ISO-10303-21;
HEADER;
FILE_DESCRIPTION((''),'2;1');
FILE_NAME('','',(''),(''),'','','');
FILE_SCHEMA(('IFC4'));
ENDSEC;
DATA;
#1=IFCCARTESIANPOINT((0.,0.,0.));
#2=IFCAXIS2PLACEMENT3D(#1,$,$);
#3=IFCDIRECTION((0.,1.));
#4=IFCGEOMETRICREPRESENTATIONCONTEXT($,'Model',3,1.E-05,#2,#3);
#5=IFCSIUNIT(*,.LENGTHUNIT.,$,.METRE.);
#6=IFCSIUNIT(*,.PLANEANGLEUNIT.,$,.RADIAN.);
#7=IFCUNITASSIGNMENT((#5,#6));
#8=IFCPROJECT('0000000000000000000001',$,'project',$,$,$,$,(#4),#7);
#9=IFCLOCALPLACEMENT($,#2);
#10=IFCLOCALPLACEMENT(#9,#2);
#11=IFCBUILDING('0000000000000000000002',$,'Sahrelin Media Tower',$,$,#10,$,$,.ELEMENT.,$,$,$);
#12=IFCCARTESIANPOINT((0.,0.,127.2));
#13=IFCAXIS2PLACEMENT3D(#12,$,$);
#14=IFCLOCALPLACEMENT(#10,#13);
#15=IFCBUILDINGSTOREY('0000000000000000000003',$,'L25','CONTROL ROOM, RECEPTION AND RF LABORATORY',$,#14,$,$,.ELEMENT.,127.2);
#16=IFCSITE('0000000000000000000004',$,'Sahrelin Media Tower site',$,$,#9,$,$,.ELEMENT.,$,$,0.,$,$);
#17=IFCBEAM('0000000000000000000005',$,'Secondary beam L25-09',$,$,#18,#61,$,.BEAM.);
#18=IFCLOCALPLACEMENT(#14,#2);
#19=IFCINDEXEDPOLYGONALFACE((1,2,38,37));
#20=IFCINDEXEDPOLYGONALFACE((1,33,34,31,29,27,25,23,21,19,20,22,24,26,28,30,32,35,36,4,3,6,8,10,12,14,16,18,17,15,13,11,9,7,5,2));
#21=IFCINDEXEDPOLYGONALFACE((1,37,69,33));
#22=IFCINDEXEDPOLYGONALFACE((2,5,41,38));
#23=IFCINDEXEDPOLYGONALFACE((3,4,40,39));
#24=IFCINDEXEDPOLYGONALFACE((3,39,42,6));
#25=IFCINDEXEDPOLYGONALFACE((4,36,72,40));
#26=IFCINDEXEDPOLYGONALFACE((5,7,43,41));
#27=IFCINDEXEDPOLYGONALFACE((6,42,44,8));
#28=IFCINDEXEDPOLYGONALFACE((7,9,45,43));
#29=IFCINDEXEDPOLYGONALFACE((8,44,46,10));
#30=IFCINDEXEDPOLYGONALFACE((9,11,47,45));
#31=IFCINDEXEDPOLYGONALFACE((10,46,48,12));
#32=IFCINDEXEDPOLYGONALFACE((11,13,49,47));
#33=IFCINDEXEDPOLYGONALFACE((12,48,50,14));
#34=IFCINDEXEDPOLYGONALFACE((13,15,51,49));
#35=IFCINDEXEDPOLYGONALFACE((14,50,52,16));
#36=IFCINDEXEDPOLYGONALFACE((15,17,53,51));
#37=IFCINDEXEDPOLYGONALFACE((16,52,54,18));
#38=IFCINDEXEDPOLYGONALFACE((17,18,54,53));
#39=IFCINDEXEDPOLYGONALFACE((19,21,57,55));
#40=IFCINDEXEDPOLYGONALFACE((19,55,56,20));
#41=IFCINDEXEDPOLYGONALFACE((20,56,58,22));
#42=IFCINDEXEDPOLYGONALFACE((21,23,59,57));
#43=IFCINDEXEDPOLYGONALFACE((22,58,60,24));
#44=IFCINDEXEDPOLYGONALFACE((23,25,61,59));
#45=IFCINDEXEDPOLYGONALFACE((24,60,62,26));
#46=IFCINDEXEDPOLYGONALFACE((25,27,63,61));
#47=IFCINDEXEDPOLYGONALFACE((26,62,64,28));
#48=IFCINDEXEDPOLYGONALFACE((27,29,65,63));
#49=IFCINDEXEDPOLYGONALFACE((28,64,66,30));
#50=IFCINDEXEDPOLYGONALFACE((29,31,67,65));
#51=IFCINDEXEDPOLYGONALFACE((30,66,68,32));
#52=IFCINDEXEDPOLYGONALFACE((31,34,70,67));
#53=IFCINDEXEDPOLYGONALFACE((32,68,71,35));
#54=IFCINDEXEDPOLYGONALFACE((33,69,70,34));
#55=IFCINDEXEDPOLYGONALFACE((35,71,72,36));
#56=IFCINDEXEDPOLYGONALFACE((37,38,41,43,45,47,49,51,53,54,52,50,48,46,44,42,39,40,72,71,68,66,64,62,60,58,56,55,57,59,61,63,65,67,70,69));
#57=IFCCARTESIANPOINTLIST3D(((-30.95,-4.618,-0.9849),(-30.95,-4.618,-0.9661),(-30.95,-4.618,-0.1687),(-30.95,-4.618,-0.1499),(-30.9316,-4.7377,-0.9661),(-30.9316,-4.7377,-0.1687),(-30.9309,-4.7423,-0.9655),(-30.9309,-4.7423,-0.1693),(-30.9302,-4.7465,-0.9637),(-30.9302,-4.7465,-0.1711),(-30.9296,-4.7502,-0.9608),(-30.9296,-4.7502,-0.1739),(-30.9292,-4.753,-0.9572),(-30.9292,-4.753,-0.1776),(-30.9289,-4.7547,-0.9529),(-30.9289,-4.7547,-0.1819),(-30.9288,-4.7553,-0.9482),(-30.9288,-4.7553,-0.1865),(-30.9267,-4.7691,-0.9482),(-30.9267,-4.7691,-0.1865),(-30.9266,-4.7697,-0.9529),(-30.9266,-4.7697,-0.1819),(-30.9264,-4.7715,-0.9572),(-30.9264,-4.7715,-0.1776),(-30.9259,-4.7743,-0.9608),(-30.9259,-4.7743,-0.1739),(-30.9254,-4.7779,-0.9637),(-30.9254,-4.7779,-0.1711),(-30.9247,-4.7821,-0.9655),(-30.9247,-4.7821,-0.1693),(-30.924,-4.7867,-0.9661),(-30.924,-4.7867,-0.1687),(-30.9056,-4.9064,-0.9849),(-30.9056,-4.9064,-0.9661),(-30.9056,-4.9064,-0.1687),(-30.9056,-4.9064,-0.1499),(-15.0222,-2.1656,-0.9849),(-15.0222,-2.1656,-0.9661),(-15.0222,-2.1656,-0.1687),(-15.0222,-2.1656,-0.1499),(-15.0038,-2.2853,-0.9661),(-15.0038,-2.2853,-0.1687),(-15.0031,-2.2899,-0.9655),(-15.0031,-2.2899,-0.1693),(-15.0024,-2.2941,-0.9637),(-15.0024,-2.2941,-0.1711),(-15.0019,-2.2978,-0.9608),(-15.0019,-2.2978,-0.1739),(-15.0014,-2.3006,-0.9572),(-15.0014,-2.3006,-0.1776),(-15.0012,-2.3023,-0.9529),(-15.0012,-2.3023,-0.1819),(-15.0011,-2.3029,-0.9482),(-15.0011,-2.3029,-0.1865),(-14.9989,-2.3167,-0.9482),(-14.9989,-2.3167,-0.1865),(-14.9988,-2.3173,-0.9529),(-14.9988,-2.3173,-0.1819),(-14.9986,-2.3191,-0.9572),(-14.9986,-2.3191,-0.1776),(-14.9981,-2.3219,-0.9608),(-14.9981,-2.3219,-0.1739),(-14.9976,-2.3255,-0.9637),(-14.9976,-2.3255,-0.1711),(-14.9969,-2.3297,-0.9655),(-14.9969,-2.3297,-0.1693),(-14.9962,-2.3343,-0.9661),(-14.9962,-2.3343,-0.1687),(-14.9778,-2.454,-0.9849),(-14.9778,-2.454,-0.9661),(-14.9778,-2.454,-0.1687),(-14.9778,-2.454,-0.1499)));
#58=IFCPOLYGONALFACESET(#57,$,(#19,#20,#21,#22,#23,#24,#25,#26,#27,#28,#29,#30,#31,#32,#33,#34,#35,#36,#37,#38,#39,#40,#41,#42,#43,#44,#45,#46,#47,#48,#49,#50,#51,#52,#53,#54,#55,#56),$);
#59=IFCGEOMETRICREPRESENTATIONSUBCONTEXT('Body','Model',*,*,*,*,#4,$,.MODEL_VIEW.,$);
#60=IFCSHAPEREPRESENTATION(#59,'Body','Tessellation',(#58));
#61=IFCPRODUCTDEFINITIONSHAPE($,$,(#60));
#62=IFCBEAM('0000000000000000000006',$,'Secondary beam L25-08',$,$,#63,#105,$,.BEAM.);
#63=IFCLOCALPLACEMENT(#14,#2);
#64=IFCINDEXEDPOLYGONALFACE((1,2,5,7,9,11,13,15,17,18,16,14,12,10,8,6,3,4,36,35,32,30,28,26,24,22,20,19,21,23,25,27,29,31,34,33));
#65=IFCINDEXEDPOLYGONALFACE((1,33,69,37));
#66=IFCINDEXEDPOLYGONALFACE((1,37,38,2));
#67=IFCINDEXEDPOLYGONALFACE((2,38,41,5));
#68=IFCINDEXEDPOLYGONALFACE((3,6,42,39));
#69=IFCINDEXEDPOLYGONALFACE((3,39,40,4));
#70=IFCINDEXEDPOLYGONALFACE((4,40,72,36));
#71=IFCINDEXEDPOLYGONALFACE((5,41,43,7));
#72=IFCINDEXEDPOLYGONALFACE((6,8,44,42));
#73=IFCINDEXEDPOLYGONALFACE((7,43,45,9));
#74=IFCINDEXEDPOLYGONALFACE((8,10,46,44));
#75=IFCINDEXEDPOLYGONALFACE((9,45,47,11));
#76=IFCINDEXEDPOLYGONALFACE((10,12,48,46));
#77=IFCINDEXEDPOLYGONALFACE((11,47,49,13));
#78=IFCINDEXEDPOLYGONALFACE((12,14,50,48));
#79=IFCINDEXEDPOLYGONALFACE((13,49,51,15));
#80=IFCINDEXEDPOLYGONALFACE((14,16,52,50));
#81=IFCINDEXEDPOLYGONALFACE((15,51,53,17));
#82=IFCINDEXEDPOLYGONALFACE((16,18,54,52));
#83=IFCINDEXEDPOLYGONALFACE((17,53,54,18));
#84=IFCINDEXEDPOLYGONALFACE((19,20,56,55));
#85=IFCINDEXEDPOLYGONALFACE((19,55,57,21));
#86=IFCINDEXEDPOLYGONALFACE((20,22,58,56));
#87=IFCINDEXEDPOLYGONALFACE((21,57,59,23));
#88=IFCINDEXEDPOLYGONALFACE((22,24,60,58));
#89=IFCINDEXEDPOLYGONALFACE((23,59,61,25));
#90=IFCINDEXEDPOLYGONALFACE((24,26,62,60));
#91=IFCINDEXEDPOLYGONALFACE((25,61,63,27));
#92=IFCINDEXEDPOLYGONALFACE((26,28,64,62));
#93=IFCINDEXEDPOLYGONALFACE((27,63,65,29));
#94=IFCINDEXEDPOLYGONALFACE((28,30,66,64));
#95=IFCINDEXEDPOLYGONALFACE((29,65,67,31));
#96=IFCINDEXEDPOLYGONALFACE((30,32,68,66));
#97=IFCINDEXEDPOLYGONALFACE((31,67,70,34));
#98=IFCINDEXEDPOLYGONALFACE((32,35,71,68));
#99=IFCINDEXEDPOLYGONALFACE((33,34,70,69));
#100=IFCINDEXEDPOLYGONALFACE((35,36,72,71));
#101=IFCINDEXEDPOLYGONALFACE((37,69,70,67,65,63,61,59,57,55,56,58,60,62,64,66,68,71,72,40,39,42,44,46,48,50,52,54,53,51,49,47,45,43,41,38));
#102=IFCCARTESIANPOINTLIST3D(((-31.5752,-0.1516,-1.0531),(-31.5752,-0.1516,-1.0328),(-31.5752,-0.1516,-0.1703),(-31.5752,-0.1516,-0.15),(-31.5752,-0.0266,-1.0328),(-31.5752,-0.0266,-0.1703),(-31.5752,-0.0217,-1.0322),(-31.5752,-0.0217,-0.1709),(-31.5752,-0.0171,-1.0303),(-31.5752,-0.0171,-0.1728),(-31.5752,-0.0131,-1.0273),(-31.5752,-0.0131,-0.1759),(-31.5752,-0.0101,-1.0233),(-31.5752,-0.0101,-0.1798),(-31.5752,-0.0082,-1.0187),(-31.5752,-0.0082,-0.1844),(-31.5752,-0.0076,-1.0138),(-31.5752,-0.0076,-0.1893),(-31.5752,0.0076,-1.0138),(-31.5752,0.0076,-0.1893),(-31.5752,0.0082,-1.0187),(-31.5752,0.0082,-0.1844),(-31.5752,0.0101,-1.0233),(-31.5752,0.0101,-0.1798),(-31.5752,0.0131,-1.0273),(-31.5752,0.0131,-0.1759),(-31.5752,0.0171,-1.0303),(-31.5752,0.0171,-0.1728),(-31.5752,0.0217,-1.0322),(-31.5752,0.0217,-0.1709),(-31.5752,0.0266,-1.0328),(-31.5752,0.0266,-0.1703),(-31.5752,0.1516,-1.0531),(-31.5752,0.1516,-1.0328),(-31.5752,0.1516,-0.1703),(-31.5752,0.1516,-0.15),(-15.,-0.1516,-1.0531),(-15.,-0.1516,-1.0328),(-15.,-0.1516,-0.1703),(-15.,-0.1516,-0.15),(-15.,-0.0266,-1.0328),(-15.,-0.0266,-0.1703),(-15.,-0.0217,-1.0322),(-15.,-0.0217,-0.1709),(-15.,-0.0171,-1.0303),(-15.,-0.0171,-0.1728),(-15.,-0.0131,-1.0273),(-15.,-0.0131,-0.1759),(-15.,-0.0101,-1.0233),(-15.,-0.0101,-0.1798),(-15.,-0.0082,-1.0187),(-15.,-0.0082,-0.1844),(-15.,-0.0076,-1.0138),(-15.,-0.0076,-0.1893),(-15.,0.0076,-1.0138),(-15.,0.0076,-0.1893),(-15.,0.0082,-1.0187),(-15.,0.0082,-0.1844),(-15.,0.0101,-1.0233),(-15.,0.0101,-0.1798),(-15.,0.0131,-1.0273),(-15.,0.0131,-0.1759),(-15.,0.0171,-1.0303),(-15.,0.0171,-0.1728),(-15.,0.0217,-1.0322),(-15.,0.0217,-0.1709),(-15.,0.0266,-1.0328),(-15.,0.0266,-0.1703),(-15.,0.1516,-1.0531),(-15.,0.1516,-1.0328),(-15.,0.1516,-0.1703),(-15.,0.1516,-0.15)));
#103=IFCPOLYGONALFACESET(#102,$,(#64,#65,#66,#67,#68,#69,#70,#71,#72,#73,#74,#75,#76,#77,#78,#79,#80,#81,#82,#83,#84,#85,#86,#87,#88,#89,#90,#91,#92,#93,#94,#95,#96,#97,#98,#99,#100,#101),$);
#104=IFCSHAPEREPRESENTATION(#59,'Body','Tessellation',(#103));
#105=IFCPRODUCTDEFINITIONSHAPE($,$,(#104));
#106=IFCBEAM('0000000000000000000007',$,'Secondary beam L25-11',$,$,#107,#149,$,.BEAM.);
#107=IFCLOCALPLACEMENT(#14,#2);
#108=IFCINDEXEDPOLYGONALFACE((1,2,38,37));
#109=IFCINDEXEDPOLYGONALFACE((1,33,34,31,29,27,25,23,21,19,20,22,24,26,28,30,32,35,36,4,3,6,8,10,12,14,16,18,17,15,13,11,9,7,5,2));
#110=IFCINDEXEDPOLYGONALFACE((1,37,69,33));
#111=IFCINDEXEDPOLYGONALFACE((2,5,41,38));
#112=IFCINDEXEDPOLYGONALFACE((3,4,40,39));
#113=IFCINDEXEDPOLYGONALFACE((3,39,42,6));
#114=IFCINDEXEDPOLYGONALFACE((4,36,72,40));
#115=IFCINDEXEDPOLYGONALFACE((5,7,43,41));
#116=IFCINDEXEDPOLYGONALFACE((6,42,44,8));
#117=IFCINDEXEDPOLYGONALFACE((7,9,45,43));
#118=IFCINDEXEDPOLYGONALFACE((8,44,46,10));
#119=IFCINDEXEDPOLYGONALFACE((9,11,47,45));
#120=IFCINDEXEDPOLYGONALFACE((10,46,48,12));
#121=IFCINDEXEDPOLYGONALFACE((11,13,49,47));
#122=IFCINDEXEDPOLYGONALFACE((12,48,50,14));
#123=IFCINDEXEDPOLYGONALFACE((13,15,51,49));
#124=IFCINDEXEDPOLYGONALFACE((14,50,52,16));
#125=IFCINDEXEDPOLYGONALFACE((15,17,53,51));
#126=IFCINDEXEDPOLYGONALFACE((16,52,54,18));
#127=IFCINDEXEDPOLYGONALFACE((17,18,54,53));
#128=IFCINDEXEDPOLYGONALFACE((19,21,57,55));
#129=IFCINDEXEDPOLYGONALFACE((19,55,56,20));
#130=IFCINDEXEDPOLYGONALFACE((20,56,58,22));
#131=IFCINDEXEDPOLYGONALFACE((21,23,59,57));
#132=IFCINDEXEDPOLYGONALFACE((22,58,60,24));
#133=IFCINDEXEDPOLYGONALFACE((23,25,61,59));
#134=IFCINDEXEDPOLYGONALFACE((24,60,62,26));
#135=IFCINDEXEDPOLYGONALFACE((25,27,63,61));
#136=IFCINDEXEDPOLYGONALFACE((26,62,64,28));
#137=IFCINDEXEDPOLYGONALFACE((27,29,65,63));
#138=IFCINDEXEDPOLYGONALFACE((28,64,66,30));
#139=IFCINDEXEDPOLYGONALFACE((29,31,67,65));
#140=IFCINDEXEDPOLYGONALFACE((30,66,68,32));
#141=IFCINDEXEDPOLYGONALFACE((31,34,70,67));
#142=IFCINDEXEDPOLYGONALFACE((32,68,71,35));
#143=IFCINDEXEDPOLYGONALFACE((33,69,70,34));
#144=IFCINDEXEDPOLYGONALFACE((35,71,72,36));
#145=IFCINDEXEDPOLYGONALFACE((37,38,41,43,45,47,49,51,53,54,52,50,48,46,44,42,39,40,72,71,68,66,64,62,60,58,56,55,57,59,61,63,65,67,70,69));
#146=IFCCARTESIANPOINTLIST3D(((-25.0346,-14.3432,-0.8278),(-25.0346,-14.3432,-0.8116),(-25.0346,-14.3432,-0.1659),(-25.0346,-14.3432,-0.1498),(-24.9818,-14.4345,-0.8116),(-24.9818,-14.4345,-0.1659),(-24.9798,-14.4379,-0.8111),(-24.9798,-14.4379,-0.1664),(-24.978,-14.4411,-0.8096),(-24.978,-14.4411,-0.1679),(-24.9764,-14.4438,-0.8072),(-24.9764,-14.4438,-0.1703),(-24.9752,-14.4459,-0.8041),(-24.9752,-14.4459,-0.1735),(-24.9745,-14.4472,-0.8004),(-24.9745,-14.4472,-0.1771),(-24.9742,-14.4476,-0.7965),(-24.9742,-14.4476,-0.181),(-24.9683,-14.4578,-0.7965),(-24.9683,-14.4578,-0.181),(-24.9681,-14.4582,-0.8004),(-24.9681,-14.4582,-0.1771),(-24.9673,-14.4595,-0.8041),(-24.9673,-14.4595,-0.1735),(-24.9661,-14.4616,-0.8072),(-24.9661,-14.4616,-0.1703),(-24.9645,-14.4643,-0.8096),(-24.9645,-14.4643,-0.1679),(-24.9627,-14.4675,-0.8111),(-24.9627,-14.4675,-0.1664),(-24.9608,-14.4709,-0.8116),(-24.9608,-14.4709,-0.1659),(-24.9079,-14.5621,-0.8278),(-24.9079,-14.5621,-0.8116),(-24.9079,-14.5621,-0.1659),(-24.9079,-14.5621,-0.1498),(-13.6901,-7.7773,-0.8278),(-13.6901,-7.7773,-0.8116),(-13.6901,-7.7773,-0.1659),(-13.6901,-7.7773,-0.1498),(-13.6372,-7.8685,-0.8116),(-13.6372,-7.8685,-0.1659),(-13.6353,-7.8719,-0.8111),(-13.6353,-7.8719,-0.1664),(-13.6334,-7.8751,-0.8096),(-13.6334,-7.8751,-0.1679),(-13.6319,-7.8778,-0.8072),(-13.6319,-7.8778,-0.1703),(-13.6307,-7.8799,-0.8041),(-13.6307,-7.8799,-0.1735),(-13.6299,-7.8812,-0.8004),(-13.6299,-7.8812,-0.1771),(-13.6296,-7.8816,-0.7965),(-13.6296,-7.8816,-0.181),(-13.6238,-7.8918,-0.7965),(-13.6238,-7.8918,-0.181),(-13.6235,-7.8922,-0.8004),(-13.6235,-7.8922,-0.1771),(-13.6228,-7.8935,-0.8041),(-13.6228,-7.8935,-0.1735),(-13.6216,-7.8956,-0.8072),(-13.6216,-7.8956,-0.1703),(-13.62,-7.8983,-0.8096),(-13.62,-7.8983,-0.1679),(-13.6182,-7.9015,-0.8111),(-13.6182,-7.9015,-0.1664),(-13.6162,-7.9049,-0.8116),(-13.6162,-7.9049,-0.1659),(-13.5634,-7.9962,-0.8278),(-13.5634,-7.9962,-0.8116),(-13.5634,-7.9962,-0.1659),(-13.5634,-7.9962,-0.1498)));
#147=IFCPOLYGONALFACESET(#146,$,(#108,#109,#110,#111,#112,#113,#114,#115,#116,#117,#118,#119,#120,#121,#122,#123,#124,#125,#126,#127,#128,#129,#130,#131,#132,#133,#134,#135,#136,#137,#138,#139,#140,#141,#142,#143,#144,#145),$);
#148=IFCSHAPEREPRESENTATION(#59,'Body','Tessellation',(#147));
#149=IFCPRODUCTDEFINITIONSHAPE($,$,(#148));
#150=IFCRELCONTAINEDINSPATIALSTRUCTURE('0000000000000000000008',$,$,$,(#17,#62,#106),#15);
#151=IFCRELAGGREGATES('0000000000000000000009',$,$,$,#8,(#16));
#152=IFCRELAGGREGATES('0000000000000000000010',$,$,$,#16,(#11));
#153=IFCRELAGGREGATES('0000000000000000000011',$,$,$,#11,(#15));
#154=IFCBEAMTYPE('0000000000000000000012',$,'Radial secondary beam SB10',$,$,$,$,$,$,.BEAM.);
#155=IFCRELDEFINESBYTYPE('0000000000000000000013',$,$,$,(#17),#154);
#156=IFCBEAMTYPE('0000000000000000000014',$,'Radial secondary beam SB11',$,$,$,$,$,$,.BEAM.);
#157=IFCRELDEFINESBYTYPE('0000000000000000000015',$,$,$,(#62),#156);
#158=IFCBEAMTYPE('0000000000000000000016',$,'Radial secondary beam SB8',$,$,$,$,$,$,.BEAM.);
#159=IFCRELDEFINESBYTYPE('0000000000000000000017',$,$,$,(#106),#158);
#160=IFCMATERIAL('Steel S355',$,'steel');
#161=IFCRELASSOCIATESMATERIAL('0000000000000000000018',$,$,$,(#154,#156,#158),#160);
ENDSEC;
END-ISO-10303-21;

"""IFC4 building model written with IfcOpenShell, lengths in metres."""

from ifc_helpers import new_model, si_unit, direction, frame, origin, origin_2d, place, context, subcontext, project, spatial, i_section, extrude, material, material_profile, profile_set, type_object, element, save


model = new_model("IFC4")

# Units and contexts
model_context = context("Model", 3, precision=1e-05, world=origin(), true_north=direction((0.0, 1.0)))
body_context = subcontext(model_context, "Body", "Model", "MODEL_VIEW")
ifc_project = project(units=[si_unit("LENGTHUNIT", "METRE"), si_unit("PLANEANGLEUNIT", "RADIAN")], contexts=[model_context])

# Site, building, storey
site_placement = place(None, origin())
site = spatial("IfcSite", under=ifc_project, at=site_placement, Name="Sahrelin Media Tower site", CompositionType="ELEMENT", RefElevation=0.0)
building_placement = place(site_placement, origin())
building = spatial("IfcBuilding", under=site, at=building_placement, Name="Sahrelin Media Tower", CompositionType="ELEMENT")
storey_placement = place(building_placement, frame((0.0, 0.0, 127.2)))
storey = spatial("IfcBuildingStorey", under=building, at=storey_placement, Name="L25", Description="CONTROL ROOM, RECEPTION AND RF LABORATORY", CompositionType="ELEMENT", Elevation=127.2)

# Beams
ifc_material_1 = material(Name="Steel S355", Category="steel")
ifc_material_profile_1 = material_profile(ifc_material_1, i_section(OverallWidth=0.2917, OverallDepth=0.835, WebThickness=0.0139, FlangeThickness=0.0188, FilletRadius=0.0178, at=origin_2d()), Name="UB 838x292x176")
ifc_profile_set_1 = profile_set([ifc_material_profile_1], Name="Steel S355")
beam_type_1 = type_object("IfcBeamType", Name="Radial secondary beam SB10", PredefinedType="BEAM", material=ifc_profile_set_1)
beam_1_placement = place(storey_placement, frame((-15.0, -2.3098, -0.5674), z_axis=(-0.988353, -0.152177, 0.0), x_axis=(0.152177, -0.988353, 0.0)))
element("IfcBeam", 1, at=beam_1_placement, inside=storey, type_object=beam_type_1, Name="Secondary beam L25-09", PredefinedType="BEAM", context=body_context, shape_type="SweptSolid", body=[
    extrude(i_section(OverallWidth=0.2917, OverallDepth=0.835, WebThickness=0.0139, FlangeThickness=0.0188, FilletRadius=0.0178, at=origin_2d()), origin(), (0.0, 0.0, 1.0), 16.1155),
])
ifc_material_profile_2 = material_profile(ifc_material_1, i_section(OverallWidth=0.3032, OverallDepth=0.9031, WebThickness=0.0151, FlangeThickness=0.0203, FilletRadius=0.019, at=origin_2d()), Name="UB 914x305x201")
ifc_profile_set_2 = profile_set([ifc_material_profile_2], Name="Steel S355")
beam_type_2 = type_object("IfcBeamType", Name="Radial secondary beam SB11", PredefinedType="BEAM", material=ifc_profile_set_2)
beam_2_placement = place(storey_placement, frame((-15.0, 0.0, -0.6016), z_axis=(-1.0, 0.0, 0.0), x_axis=(0.0, -1.0, 0.0)))
element("IfcBeam", 2, at=beam_2_placement, inside=storey, type_object=beam_type_2, Name="Secondary beam L25-08", PredefinedType="BEAM", context=body_context, shape_type="SweptSolid", body=[
    extrude(i_section(OverallWidth=0.3032, OverallDepth=0.9031, WebThickness=0.0151, FlangeThickness=0.0203, FilletRadius=0.019, at=origin_2d()), origin(), (0.0, 0.0, 1.0), 16.5752),
])
ifc_material_profile_3 = material_profile(ifc_material_1, i_section(OverallWidth=0.2529, OverallDepth=0.678, WebThickness=0.0117, FlangeThickness=0.0161, FilletRadius=0.0151, at=origin_2d()), Name="UB 686x254x125")
ifc_profile_set_3 = profile_set([ifc_material_profile_3], Name="Steel S355")
beam_type_3 = type_object("IfcBeamType", Name="Radial secondary beam SB8", PredefinedType="BEAM", material=ifc_profile_set_3)
beam_3_placement = place(storey_placement, frame((-13.6267, -7.8867, -0.4888), z_axis=(-0.86549, -0.500925, 0.0), x_axis=(0.500925, -0.86549, 0.0)))
element("IfcBeam", 3, at=beam_3_placement, inside=storey, type_object=beam_type_3, Name="Secondary beam L25-11", PredefinedType="BEAM", context=body_context, shape_type="SweptSolid", body=[
    extrude(i_section(OverallWidth=0.2529, OverallDepth=0.678, WebThickness=0.0117, FlangeThickness=0.0161, FilletRadius=0.0151, at=origin_2d()), origin(), (0.0, 0.0, 1.0), 13.1077),
])

save(model, "model.ifc")
